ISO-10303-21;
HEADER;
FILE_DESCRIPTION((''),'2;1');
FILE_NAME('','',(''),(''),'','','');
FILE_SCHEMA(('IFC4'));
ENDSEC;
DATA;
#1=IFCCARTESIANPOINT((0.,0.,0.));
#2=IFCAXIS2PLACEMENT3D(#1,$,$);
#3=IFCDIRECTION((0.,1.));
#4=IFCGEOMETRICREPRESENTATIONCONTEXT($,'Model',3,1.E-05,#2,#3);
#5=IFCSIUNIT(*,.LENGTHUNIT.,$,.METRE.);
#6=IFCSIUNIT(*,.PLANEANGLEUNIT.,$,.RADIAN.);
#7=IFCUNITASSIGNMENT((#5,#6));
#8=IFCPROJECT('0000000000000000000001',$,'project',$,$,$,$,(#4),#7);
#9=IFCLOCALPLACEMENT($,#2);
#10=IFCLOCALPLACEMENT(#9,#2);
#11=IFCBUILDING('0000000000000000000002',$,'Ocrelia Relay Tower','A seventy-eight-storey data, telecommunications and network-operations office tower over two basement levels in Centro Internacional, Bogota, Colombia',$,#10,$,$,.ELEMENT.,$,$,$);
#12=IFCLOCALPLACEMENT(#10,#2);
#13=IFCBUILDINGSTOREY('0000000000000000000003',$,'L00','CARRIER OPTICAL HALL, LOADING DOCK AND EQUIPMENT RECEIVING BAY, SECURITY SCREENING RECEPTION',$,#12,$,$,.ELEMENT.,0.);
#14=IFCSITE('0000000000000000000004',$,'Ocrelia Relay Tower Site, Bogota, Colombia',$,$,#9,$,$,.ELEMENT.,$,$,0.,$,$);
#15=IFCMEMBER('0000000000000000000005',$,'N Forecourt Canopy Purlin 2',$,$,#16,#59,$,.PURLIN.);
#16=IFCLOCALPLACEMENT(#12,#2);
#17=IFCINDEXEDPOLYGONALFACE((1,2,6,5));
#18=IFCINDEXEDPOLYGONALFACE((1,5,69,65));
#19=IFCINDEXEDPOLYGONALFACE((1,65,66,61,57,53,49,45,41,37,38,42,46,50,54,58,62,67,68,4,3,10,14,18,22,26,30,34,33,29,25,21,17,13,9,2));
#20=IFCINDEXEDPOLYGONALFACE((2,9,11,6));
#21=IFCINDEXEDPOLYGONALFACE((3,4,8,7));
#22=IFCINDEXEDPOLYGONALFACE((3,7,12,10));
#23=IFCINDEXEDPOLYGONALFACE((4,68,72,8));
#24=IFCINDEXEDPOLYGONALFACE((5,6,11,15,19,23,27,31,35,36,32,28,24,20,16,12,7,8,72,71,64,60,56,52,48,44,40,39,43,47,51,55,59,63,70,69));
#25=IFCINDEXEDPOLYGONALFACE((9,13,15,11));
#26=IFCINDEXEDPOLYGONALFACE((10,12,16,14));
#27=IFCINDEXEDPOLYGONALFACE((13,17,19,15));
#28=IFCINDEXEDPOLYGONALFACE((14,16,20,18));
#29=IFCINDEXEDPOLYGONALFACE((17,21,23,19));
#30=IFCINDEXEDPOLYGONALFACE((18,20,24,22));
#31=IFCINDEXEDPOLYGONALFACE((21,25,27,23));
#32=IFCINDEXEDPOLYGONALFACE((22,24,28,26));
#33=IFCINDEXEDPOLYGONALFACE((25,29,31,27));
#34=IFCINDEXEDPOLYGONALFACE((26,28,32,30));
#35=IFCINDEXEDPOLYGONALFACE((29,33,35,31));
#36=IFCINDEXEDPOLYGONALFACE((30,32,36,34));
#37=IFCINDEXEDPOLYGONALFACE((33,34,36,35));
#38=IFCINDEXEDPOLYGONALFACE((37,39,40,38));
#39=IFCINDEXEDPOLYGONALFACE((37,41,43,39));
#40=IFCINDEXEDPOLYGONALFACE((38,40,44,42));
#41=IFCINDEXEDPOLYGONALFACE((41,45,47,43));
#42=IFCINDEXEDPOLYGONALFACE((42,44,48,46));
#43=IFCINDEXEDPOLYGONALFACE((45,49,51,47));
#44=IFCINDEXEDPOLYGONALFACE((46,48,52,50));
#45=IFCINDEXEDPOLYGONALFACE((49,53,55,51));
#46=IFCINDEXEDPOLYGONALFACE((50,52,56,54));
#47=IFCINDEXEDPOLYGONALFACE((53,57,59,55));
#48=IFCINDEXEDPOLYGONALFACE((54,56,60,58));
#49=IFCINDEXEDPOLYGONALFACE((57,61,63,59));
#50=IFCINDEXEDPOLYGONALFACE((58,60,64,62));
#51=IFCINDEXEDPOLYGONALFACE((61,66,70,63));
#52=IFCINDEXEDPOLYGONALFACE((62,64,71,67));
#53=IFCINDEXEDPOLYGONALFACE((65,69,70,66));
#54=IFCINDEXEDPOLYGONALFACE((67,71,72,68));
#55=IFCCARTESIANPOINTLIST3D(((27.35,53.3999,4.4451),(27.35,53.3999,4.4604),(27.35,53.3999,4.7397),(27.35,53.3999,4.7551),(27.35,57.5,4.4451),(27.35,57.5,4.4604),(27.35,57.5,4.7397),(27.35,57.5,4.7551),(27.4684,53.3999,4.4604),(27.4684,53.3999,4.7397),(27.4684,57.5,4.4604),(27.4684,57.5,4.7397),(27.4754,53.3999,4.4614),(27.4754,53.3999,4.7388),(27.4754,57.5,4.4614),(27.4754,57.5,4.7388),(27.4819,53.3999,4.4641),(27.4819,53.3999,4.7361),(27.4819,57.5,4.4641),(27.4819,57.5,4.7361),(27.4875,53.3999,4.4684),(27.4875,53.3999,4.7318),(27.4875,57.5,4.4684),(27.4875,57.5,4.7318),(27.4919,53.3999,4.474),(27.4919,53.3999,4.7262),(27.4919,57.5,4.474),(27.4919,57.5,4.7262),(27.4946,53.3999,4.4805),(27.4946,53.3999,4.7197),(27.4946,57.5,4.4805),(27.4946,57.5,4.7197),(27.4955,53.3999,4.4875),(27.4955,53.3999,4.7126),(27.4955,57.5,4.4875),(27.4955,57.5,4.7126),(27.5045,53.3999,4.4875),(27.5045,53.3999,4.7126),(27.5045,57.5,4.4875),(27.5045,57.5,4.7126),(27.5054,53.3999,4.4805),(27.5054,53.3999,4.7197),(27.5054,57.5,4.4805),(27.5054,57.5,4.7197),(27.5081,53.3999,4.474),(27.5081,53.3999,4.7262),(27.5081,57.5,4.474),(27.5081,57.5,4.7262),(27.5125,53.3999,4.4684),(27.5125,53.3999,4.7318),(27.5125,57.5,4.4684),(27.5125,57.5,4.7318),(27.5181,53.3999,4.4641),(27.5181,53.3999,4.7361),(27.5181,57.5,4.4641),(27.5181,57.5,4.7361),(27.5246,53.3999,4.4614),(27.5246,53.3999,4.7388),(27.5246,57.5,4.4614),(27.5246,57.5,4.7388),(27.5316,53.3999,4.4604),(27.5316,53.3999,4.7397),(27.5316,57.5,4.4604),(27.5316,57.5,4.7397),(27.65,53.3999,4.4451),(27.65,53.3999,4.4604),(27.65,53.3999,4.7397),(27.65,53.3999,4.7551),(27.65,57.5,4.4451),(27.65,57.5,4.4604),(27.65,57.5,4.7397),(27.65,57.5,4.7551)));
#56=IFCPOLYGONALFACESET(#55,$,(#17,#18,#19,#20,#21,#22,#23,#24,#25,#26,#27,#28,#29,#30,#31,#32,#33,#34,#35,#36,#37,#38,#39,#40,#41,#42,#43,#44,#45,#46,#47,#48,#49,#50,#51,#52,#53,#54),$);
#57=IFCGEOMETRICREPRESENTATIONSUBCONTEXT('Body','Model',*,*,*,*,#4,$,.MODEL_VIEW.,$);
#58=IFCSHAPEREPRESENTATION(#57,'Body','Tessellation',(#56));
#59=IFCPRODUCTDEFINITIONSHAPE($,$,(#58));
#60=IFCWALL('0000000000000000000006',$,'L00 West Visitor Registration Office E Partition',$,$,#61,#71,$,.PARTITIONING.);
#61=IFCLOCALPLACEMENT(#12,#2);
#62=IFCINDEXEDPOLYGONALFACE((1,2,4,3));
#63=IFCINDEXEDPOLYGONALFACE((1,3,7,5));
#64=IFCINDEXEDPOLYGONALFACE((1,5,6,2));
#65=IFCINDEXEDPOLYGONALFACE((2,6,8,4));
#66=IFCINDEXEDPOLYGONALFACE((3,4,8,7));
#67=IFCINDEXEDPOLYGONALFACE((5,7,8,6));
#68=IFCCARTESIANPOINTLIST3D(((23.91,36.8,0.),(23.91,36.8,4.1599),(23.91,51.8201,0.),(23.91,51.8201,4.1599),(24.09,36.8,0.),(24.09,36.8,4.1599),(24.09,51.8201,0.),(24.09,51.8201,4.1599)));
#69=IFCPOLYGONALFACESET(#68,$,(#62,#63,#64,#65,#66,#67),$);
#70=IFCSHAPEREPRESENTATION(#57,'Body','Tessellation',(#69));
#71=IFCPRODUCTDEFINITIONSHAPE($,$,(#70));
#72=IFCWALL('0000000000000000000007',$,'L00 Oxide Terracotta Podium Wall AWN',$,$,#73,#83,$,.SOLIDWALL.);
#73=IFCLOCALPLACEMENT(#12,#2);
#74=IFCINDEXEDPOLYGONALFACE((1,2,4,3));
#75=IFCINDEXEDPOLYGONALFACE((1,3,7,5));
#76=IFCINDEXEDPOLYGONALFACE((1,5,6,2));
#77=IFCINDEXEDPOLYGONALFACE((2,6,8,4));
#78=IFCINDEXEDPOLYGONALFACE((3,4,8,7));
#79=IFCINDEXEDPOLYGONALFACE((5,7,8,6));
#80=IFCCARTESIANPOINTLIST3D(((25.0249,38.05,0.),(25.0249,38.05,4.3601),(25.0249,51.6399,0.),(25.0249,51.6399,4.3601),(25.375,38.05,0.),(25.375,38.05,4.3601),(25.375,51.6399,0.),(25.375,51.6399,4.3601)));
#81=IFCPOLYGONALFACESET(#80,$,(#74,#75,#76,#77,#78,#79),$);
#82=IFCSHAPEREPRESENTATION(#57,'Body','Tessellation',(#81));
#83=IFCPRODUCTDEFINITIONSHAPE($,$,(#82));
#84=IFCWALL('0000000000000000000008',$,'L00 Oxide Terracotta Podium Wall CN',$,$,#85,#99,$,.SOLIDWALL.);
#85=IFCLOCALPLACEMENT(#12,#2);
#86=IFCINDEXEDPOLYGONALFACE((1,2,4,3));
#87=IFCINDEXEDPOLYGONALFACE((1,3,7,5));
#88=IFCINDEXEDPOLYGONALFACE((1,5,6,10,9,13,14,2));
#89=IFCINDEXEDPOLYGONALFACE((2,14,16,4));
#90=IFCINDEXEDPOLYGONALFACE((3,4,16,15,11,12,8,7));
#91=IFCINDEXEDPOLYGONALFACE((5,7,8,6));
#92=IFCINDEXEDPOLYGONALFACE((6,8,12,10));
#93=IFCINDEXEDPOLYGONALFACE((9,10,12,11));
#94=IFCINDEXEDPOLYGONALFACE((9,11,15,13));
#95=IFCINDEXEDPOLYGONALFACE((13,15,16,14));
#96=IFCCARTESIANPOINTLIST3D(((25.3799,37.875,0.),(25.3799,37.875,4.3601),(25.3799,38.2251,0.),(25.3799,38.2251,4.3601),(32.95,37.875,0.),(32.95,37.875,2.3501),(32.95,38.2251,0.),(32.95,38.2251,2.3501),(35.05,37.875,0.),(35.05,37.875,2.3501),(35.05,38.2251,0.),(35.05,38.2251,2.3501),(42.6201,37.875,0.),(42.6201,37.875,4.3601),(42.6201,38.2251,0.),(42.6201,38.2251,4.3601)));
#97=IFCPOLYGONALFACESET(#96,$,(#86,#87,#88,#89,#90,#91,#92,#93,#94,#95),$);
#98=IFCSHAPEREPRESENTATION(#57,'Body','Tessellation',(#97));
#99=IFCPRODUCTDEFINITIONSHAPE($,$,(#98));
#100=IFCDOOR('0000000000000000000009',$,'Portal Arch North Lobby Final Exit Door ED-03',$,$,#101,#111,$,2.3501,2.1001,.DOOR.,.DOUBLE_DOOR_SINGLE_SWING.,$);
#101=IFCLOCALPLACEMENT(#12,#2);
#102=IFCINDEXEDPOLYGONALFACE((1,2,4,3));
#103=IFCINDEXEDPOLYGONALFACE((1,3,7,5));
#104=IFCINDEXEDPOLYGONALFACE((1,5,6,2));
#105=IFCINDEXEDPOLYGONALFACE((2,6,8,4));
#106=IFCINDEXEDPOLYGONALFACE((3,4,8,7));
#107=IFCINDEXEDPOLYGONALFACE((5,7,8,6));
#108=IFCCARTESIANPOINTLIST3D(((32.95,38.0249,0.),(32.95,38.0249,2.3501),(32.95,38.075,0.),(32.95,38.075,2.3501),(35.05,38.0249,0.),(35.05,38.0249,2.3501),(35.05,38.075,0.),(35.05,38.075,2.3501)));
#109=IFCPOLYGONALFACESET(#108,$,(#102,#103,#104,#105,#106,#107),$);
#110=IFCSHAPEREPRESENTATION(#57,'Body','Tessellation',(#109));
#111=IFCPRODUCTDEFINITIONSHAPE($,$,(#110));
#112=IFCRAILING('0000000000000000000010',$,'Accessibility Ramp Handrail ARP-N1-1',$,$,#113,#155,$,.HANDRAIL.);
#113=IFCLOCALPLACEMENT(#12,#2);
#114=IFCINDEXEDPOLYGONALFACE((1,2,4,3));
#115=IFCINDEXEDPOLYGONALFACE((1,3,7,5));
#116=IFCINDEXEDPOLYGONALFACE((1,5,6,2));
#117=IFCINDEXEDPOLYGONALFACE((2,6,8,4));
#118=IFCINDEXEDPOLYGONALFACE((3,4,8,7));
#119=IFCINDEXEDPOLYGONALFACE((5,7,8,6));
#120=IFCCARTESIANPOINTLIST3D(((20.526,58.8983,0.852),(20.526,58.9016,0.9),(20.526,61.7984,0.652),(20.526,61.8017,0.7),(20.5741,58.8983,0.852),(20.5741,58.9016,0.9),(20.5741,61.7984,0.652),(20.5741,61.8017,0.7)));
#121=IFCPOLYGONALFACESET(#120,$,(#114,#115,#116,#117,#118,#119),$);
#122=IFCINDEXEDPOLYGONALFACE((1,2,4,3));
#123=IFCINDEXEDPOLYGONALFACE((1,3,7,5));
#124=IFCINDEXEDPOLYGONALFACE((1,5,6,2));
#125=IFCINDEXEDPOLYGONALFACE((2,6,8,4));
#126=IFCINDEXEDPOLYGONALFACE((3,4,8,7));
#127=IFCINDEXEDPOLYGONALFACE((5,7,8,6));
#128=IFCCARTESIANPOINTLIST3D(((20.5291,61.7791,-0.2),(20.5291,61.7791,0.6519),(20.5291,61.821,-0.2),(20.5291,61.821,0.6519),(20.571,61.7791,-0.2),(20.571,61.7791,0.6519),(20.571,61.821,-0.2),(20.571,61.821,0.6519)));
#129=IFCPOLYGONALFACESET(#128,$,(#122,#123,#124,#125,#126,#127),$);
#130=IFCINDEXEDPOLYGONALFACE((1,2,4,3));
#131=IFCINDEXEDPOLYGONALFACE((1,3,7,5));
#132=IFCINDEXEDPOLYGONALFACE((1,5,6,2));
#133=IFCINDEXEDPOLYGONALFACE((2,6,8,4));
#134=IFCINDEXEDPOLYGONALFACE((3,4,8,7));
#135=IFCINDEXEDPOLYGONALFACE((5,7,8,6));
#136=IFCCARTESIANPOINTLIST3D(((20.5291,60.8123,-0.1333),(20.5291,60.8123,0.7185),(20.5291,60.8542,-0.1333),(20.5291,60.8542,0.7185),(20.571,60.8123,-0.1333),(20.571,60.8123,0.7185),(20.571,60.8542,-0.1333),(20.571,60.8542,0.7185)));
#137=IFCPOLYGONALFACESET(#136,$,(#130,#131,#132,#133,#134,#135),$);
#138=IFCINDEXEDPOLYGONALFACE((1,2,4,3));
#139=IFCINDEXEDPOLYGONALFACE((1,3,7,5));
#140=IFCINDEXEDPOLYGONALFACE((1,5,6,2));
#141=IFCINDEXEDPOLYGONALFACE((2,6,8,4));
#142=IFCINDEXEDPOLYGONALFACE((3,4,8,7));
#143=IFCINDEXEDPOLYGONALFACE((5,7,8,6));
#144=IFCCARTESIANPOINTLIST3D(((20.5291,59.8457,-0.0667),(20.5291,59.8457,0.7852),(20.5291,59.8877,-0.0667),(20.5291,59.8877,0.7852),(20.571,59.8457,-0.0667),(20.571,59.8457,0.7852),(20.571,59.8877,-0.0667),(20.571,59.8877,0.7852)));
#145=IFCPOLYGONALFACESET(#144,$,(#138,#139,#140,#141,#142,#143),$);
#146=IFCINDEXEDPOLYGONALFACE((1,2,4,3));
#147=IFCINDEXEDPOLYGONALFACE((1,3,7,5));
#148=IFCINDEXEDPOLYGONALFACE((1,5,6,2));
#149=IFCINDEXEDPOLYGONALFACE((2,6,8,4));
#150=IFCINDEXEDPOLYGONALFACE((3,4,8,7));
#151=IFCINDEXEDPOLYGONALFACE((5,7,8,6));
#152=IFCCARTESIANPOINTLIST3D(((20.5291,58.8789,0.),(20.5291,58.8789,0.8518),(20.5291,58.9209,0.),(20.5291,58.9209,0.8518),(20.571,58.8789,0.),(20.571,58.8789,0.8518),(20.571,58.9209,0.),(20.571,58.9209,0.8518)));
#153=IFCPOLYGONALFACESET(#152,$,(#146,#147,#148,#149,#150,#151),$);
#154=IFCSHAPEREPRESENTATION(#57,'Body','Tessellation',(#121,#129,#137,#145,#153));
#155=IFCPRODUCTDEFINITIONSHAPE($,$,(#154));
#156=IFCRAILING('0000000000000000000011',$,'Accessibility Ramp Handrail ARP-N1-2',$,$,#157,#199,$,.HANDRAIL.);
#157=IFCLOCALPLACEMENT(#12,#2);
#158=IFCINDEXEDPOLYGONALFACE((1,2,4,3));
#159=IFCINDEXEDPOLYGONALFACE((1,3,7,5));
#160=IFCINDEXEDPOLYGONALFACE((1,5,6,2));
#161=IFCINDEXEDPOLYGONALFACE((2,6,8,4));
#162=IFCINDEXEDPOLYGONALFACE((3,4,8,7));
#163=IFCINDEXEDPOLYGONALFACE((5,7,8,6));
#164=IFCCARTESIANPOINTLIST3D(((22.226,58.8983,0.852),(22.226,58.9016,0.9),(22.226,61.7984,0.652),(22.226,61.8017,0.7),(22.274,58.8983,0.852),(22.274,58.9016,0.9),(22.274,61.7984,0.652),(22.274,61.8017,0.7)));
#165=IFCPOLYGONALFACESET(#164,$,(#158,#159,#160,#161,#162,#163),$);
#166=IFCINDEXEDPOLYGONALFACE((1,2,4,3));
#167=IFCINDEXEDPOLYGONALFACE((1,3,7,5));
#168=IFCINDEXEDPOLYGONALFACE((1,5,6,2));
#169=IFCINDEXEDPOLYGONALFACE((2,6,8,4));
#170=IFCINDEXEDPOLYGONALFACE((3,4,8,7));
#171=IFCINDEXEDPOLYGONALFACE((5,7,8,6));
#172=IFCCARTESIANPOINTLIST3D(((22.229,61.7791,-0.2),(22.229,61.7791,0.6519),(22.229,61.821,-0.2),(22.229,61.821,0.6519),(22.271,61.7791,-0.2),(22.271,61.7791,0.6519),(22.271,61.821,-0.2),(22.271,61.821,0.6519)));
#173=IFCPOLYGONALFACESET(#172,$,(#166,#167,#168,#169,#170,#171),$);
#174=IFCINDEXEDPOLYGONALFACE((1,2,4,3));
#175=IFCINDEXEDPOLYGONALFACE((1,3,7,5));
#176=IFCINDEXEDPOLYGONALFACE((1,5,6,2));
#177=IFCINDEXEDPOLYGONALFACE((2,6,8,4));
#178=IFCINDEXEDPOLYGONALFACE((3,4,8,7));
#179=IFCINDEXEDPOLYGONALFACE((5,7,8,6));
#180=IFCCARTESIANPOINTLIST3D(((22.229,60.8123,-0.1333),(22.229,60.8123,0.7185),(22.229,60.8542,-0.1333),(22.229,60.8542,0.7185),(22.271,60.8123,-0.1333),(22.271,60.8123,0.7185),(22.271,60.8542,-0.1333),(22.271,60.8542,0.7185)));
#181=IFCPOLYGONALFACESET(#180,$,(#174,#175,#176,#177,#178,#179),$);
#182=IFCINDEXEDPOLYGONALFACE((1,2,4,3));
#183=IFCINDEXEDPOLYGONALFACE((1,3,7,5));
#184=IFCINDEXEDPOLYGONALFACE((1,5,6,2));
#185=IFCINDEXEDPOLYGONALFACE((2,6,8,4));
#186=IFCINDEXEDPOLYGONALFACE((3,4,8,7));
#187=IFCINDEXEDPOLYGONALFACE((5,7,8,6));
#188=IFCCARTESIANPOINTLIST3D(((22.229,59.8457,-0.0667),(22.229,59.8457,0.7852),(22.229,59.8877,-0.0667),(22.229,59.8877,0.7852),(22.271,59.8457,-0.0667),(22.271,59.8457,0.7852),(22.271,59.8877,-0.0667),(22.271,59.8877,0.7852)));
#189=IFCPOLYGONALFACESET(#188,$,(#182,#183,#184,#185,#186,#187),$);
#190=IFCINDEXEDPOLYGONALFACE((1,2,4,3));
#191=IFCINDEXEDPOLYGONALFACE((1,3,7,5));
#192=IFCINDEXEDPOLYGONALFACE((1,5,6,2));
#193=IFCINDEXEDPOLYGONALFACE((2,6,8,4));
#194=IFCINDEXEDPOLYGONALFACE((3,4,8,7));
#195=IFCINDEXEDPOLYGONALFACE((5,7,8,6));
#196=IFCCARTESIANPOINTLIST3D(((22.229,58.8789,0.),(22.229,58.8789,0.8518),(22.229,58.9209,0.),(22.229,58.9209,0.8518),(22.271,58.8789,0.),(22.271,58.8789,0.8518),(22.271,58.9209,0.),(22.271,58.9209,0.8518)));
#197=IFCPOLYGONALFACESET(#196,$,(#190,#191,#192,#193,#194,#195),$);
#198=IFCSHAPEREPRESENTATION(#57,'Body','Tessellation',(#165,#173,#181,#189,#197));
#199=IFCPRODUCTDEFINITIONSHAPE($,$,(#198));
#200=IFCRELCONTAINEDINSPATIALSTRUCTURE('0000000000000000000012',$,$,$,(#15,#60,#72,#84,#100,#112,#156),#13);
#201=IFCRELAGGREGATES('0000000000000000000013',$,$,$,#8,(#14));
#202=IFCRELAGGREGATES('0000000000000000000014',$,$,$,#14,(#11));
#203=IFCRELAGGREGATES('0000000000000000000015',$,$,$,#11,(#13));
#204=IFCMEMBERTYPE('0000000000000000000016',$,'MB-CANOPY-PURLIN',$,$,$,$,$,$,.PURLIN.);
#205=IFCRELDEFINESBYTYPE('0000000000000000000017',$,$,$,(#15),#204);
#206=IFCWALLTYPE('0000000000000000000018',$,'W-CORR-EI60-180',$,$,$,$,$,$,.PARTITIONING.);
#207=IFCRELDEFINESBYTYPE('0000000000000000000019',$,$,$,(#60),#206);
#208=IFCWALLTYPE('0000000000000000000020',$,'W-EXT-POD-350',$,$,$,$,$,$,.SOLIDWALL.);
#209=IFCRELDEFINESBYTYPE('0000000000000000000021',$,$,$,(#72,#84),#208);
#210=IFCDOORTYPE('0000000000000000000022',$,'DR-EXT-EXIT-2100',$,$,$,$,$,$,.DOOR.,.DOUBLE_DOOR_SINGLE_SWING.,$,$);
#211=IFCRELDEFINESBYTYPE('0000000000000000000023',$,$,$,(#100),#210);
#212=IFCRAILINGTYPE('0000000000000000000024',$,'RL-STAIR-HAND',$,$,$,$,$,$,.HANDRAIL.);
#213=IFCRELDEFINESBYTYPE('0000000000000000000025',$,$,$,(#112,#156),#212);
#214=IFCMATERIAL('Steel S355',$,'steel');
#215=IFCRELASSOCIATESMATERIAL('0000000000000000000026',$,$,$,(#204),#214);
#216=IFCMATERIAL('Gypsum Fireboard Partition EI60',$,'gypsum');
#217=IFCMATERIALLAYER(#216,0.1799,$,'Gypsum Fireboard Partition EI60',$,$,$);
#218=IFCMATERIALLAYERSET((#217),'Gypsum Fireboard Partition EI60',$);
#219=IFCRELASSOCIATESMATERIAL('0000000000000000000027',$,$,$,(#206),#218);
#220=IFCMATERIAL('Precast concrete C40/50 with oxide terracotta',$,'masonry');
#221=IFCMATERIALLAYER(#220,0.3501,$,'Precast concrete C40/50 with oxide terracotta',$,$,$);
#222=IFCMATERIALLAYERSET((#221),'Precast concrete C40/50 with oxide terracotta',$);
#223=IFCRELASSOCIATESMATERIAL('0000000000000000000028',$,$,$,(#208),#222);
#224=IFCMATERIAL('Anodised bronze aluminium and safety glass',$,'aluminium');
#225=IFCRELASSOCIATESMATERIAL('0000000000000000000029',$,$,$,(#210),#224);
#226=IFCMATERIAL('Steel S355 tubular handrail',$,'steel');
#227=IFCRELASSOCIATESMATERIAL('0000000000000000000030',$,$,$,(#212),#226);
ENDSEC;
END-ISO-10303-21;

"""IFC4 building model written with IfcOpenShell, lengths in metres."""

from ifc_helpers import new_model, si_unit, direction, frame, frame_2d, origin, origin_2d, place, context, subcontext, project, spatial, rectangle, i_section, extrude, material, layer, layer_set, material_profile, profile_set, type_object, element, fill, save


model = new_model("IFC4")

# Units and contexts
model_context = context("Model", 3, precision=1e-05, world=origin(), true_north=direction((0.0, 1.0)))
body_context = subcontext(model_context, "Body", "Model", "MODEL_VIEW")
ifc_project = project(units=[si_unit("LENGTHUNIT", "METRE"), si_unit("PLANEANGLEUNIT", "RADIAN")], contexts=[model_context])

# Site, building, storey
site_placement = place(None, origin())
site = spatial("IfcSite", under=ifc_project, at=site_placement, Name="Ocrelia Relay Tower Site, Bogota, Colombia", CompositionType="ELEMENT", RefElevation=0.0)
building_placement = place(site_placement, origin())
building = spatial("IfcBuilding", under=site, at=building_placement, Name="Ocrelia Relay Tower", Description="A seventy-eight-storey data, telecommunications and network-operations office tower over two basement levels in Centro Internacional, Bogota, Colombia", CompositionType="ELEMENT")
storey_placement = place(building_placement, origin())
storey = spatial("IfcBuildingStorey", under=building, at=storey_placement, Name="L00", Description="CARRIER OPTICAL HALL, LOADING DOCK AND EQUIPMENT RECEIVING BAY, SECURITY SCREENING RECEPTION", CompositionType="ELEMENT", Elevation=0.0)

# Shared definitions
ifc_material_1 = material(Name="Steel S355", Category="steel")

# Member
ifc_material_profile_1 = material_profile(ifc_material_1, i_section(OverallWidth=0.3, OverallDepth=0.3101, WebThickness=0.009, FlangeThickness=0.0154, FilletRadius=0.0271, at=origin_2d()), Name="HEA 320")
ifc_profile_set_1 = profile_set([ifc_material_profile_1], Name="Steel S355")
member_type = type_object("IfcMemberType", Name="MB-CANOPY-PURLIN", PredefinedType="PURLIN", material=ifc_profile_set_1)
for number, where, z_axis, x_axis, name in (
    (1, (27.5, 53.3999, 4.6001), (0.0, 1.0, 0.0), (-1.0, 0.0, 0.0), "N Forecourt Canopy Purlin 2"),
):
    element("IfcMember", number, at=place(storey_placement, frame(where, z_axis=z_axis, x_axis=x_axis)), inside=storey, type_object=member_type, Name=name, PredefinedType="PURLIN", context=body_context, shape_type="SweptSolid", body=[
        extrude(i_section(OverallWidth=0.3, OverallDepth=0.3101, WebThickness=0.009, FlangeThickness=0.0154, FilletRadius=0.0271, at=origin_2d()), origin(), (0.0, 0.0, 1.0), 4.1001),
    ])

# Walls
ifc_material_2 = material(Name="Gypsum Fireboard Partition EI60", Category="gypsum")
ifc_layer_1 = layer(ifc_material_2, 0.1799, Name="Gypsum Fireboard Partition EI60")
ifc_layer_set_1 = layer_set([ifc_layer_1], Name="Gypsum Fireboard Partition EI60")
wall_type_1 = type_object("IfcWallType", Name="W-CORR-EI60-180", PredefinedType="PARTITIONING", material=ifc_layer_set_1)
wall_1_placement = place(storey_placement, frame((24.0, 36.8, 0.0), z_axis=(0.0, 0.0, 1.0), x_axis=(0.0, 1.0, 0.0)))
element("IfcWall", 2, at=wall_1_placement, inside=storey, type_object=wall_type_1, Name="L00 West Visitor Registration Office E Partition", PredefinedType="PARTITIONING", context=body_context, shape_type="SweptSolid", body=[
    extrude(rectangle(XDim=15.02, YDim=0.1799, at=frame_2d((7.51, 0.0))), origin(), (0.0, 0.0, 1.0), 4.1599),
])
ifc_material_3 = material(Name="Precast concrete C40/50 with oxide terracotta", Category="masonry")
ifc_layer_2 = layer(ifc_material_3, 0.3501, Name="Precast concrete C40/50 with oxide terracotta")
ifc_layer_set_2 = layer_set([ifc_layer_2], Name="Precast concrete C40/50 with oxide terracotta")
wall_type_2 = type_object("IfcWallType", Name="W-EXT-POD-350", PredefinedType="SOLIDWALL", material=ifc_layer_set_2)
wall_2_placement = place(storey_placement, frame((25.2, 51.6399, 0.0), z_axis=(0.0, 0.0, 1.0), x_axis=(0.0, -1.0, 0.0)))
element("IfcWall", 3, at=wall_2_placement, inside=storey, type_object=wall_type_2, Name="L00 Oxide Terracotta Podium Wall AWN", PredefinedType="SOLIDWALL", context=body_context, shape_type="SweptSolid", body=[
    extrude(rectangle(XDim=13.5898, YDim=0.3501, at=frame_2d((6.7949, 0.0))), origin(), (0.0, 0.0, 1.0), 4.3601),
])

# Wall, opening, door
wall_3_placement = place(storey_placement, frame((25.3799, 38.05, 0.0), z_axis=(0.0, 0.0, 1.0), x_axis=(1.0, 0.0, 0.0)))
wall_3 = element("IfcWall", 4, at=wall_3_placement, inside=storey, type_object=wall_type_2, Name="L00 Oxide Terracotta Podium Wall CN", PredefinedType="SOLIDWALL", context=body_context, shape_type="SweptSolid", body=[
    extrude(rectangle(XDim=17.2402, YDim=0.3501, at=frame_2d((8.6201, 0.0))), origin(), (0.0, 0.0, 1.0), 4.3601),
])
opening_placement = place(wall_3_placement, frame((7.5701, 0.0, 0.0)))
opening = element("IfcOpeningElement", 5, at=opening_placement, cuts=wall_3, PredefinedType="OPENING", context=body_context, shape_type="SweptSolid", body=[
    extrude(rectangle(XDim=2.1001, YDim=2.3501, at=frame_2d((1.05, 1.175))), frame((0.0, 0.1851, 0.0), z_axis=(0.0, -1.0, 0.0), x_axis=(1.0, 0.0, 0.0)), (0.0, 0.0, 1.0), 0.3701),
])
ifc_material_4 = material(Name="Anodised bronze aluminium and safety glass", Category="aluminium")
door_type = type_object("IfcDoorType", Name="DR-EXT-EXIT-2100", OperationType="DOUBLE_DOOR_SINGLE_SWING", PredefinedType="DOOR", material=ifc_material_4)
door_placement = place(opening_placement, origin())
door = element("IfcDoor", 6, at=door_placement, inside=storey, type_object=door_type, Name="Portal Arch North Lobby Final Exit Door ED-03", OperationType="DOUBLE_DOOR_SINGLE_SWING", OverallHeight=2.3501, OverallWidth=2.1001, PredefinedType="DOOR", context=body_context, shape_type="SweptSolid", body=[
    extrude(rectangle(XDim=2.1001, YDim=2.3501, at=frame_2d((1.05, 1.175))), frame((0.0, 0.0249, 0.0), z_axis=(0.0, -1.0, 0.0), x_axis=(1.0, 0.0, 0.0)), (0.0, 0.0, 1.0), 0.05),
])
fill(opening, door)

# Railings
ifc_material_5 = material(Name="Steel S355 tubular handrail", Category="steel")
railing_type = type_object("IfcRailingType", Name="RL-STAIR-HAND", PredefinedType="HANDRAIL", material=ifc_material_5)
for number, where, name in (
    (7, (20.55, 61.8, -0.2), "Accessibility Ramp Handrail ARP-N1-1"),
    (8, (22.25, 61.8, -0.2), "Accessibility Ramp Handrail ARP-N1-2"),
):
    element("IfcRailing", number, at=place(storey_placement, frame(where)), inside=storey, type_object=railing_type, Name=name, PredefinedType="HANDRAIL", context=body_context, shape_type="SweptSolid", body=[
        extrude(rectangle(XDim=0.0481, YDim=0.0481, at=origin_2d()), frame((0.0, 0.0, 0.876), z_axis=(0.0, -0.997632, 0.068782), x_axis=(1.0, 0.0, 0.0)), (0.0, 0.0, 1.0), 2.907),
        extrude(rectangle(XDim=0.042, YDim=0.042, at=origin_2d()), origin(), (0.0, 0.0, 1.0), 0.8518),
        extrude(rectangle(XDim=0.042, YDim=0.042, at=origin_2d()), frame((0.0, -0.9668, 0.0667)), (0.0, 0.0, 1.0), 0.8518),
        extrude(rectangle(XDim=0.042, YDim=0.042, at=origin_2d()), frame((0.0, -1.9333, 0.1333)), (0.0, 0.0, 1.0), 0.8518),
        extrude(rectangle(XDim=0.042, YDim=0.042, at=origin_2d()), frame((0.0, -2.9001, 0.2)), (0.0, 0.0, 1.0), 0.8518),
    ])

save(model, "model.ifc")
